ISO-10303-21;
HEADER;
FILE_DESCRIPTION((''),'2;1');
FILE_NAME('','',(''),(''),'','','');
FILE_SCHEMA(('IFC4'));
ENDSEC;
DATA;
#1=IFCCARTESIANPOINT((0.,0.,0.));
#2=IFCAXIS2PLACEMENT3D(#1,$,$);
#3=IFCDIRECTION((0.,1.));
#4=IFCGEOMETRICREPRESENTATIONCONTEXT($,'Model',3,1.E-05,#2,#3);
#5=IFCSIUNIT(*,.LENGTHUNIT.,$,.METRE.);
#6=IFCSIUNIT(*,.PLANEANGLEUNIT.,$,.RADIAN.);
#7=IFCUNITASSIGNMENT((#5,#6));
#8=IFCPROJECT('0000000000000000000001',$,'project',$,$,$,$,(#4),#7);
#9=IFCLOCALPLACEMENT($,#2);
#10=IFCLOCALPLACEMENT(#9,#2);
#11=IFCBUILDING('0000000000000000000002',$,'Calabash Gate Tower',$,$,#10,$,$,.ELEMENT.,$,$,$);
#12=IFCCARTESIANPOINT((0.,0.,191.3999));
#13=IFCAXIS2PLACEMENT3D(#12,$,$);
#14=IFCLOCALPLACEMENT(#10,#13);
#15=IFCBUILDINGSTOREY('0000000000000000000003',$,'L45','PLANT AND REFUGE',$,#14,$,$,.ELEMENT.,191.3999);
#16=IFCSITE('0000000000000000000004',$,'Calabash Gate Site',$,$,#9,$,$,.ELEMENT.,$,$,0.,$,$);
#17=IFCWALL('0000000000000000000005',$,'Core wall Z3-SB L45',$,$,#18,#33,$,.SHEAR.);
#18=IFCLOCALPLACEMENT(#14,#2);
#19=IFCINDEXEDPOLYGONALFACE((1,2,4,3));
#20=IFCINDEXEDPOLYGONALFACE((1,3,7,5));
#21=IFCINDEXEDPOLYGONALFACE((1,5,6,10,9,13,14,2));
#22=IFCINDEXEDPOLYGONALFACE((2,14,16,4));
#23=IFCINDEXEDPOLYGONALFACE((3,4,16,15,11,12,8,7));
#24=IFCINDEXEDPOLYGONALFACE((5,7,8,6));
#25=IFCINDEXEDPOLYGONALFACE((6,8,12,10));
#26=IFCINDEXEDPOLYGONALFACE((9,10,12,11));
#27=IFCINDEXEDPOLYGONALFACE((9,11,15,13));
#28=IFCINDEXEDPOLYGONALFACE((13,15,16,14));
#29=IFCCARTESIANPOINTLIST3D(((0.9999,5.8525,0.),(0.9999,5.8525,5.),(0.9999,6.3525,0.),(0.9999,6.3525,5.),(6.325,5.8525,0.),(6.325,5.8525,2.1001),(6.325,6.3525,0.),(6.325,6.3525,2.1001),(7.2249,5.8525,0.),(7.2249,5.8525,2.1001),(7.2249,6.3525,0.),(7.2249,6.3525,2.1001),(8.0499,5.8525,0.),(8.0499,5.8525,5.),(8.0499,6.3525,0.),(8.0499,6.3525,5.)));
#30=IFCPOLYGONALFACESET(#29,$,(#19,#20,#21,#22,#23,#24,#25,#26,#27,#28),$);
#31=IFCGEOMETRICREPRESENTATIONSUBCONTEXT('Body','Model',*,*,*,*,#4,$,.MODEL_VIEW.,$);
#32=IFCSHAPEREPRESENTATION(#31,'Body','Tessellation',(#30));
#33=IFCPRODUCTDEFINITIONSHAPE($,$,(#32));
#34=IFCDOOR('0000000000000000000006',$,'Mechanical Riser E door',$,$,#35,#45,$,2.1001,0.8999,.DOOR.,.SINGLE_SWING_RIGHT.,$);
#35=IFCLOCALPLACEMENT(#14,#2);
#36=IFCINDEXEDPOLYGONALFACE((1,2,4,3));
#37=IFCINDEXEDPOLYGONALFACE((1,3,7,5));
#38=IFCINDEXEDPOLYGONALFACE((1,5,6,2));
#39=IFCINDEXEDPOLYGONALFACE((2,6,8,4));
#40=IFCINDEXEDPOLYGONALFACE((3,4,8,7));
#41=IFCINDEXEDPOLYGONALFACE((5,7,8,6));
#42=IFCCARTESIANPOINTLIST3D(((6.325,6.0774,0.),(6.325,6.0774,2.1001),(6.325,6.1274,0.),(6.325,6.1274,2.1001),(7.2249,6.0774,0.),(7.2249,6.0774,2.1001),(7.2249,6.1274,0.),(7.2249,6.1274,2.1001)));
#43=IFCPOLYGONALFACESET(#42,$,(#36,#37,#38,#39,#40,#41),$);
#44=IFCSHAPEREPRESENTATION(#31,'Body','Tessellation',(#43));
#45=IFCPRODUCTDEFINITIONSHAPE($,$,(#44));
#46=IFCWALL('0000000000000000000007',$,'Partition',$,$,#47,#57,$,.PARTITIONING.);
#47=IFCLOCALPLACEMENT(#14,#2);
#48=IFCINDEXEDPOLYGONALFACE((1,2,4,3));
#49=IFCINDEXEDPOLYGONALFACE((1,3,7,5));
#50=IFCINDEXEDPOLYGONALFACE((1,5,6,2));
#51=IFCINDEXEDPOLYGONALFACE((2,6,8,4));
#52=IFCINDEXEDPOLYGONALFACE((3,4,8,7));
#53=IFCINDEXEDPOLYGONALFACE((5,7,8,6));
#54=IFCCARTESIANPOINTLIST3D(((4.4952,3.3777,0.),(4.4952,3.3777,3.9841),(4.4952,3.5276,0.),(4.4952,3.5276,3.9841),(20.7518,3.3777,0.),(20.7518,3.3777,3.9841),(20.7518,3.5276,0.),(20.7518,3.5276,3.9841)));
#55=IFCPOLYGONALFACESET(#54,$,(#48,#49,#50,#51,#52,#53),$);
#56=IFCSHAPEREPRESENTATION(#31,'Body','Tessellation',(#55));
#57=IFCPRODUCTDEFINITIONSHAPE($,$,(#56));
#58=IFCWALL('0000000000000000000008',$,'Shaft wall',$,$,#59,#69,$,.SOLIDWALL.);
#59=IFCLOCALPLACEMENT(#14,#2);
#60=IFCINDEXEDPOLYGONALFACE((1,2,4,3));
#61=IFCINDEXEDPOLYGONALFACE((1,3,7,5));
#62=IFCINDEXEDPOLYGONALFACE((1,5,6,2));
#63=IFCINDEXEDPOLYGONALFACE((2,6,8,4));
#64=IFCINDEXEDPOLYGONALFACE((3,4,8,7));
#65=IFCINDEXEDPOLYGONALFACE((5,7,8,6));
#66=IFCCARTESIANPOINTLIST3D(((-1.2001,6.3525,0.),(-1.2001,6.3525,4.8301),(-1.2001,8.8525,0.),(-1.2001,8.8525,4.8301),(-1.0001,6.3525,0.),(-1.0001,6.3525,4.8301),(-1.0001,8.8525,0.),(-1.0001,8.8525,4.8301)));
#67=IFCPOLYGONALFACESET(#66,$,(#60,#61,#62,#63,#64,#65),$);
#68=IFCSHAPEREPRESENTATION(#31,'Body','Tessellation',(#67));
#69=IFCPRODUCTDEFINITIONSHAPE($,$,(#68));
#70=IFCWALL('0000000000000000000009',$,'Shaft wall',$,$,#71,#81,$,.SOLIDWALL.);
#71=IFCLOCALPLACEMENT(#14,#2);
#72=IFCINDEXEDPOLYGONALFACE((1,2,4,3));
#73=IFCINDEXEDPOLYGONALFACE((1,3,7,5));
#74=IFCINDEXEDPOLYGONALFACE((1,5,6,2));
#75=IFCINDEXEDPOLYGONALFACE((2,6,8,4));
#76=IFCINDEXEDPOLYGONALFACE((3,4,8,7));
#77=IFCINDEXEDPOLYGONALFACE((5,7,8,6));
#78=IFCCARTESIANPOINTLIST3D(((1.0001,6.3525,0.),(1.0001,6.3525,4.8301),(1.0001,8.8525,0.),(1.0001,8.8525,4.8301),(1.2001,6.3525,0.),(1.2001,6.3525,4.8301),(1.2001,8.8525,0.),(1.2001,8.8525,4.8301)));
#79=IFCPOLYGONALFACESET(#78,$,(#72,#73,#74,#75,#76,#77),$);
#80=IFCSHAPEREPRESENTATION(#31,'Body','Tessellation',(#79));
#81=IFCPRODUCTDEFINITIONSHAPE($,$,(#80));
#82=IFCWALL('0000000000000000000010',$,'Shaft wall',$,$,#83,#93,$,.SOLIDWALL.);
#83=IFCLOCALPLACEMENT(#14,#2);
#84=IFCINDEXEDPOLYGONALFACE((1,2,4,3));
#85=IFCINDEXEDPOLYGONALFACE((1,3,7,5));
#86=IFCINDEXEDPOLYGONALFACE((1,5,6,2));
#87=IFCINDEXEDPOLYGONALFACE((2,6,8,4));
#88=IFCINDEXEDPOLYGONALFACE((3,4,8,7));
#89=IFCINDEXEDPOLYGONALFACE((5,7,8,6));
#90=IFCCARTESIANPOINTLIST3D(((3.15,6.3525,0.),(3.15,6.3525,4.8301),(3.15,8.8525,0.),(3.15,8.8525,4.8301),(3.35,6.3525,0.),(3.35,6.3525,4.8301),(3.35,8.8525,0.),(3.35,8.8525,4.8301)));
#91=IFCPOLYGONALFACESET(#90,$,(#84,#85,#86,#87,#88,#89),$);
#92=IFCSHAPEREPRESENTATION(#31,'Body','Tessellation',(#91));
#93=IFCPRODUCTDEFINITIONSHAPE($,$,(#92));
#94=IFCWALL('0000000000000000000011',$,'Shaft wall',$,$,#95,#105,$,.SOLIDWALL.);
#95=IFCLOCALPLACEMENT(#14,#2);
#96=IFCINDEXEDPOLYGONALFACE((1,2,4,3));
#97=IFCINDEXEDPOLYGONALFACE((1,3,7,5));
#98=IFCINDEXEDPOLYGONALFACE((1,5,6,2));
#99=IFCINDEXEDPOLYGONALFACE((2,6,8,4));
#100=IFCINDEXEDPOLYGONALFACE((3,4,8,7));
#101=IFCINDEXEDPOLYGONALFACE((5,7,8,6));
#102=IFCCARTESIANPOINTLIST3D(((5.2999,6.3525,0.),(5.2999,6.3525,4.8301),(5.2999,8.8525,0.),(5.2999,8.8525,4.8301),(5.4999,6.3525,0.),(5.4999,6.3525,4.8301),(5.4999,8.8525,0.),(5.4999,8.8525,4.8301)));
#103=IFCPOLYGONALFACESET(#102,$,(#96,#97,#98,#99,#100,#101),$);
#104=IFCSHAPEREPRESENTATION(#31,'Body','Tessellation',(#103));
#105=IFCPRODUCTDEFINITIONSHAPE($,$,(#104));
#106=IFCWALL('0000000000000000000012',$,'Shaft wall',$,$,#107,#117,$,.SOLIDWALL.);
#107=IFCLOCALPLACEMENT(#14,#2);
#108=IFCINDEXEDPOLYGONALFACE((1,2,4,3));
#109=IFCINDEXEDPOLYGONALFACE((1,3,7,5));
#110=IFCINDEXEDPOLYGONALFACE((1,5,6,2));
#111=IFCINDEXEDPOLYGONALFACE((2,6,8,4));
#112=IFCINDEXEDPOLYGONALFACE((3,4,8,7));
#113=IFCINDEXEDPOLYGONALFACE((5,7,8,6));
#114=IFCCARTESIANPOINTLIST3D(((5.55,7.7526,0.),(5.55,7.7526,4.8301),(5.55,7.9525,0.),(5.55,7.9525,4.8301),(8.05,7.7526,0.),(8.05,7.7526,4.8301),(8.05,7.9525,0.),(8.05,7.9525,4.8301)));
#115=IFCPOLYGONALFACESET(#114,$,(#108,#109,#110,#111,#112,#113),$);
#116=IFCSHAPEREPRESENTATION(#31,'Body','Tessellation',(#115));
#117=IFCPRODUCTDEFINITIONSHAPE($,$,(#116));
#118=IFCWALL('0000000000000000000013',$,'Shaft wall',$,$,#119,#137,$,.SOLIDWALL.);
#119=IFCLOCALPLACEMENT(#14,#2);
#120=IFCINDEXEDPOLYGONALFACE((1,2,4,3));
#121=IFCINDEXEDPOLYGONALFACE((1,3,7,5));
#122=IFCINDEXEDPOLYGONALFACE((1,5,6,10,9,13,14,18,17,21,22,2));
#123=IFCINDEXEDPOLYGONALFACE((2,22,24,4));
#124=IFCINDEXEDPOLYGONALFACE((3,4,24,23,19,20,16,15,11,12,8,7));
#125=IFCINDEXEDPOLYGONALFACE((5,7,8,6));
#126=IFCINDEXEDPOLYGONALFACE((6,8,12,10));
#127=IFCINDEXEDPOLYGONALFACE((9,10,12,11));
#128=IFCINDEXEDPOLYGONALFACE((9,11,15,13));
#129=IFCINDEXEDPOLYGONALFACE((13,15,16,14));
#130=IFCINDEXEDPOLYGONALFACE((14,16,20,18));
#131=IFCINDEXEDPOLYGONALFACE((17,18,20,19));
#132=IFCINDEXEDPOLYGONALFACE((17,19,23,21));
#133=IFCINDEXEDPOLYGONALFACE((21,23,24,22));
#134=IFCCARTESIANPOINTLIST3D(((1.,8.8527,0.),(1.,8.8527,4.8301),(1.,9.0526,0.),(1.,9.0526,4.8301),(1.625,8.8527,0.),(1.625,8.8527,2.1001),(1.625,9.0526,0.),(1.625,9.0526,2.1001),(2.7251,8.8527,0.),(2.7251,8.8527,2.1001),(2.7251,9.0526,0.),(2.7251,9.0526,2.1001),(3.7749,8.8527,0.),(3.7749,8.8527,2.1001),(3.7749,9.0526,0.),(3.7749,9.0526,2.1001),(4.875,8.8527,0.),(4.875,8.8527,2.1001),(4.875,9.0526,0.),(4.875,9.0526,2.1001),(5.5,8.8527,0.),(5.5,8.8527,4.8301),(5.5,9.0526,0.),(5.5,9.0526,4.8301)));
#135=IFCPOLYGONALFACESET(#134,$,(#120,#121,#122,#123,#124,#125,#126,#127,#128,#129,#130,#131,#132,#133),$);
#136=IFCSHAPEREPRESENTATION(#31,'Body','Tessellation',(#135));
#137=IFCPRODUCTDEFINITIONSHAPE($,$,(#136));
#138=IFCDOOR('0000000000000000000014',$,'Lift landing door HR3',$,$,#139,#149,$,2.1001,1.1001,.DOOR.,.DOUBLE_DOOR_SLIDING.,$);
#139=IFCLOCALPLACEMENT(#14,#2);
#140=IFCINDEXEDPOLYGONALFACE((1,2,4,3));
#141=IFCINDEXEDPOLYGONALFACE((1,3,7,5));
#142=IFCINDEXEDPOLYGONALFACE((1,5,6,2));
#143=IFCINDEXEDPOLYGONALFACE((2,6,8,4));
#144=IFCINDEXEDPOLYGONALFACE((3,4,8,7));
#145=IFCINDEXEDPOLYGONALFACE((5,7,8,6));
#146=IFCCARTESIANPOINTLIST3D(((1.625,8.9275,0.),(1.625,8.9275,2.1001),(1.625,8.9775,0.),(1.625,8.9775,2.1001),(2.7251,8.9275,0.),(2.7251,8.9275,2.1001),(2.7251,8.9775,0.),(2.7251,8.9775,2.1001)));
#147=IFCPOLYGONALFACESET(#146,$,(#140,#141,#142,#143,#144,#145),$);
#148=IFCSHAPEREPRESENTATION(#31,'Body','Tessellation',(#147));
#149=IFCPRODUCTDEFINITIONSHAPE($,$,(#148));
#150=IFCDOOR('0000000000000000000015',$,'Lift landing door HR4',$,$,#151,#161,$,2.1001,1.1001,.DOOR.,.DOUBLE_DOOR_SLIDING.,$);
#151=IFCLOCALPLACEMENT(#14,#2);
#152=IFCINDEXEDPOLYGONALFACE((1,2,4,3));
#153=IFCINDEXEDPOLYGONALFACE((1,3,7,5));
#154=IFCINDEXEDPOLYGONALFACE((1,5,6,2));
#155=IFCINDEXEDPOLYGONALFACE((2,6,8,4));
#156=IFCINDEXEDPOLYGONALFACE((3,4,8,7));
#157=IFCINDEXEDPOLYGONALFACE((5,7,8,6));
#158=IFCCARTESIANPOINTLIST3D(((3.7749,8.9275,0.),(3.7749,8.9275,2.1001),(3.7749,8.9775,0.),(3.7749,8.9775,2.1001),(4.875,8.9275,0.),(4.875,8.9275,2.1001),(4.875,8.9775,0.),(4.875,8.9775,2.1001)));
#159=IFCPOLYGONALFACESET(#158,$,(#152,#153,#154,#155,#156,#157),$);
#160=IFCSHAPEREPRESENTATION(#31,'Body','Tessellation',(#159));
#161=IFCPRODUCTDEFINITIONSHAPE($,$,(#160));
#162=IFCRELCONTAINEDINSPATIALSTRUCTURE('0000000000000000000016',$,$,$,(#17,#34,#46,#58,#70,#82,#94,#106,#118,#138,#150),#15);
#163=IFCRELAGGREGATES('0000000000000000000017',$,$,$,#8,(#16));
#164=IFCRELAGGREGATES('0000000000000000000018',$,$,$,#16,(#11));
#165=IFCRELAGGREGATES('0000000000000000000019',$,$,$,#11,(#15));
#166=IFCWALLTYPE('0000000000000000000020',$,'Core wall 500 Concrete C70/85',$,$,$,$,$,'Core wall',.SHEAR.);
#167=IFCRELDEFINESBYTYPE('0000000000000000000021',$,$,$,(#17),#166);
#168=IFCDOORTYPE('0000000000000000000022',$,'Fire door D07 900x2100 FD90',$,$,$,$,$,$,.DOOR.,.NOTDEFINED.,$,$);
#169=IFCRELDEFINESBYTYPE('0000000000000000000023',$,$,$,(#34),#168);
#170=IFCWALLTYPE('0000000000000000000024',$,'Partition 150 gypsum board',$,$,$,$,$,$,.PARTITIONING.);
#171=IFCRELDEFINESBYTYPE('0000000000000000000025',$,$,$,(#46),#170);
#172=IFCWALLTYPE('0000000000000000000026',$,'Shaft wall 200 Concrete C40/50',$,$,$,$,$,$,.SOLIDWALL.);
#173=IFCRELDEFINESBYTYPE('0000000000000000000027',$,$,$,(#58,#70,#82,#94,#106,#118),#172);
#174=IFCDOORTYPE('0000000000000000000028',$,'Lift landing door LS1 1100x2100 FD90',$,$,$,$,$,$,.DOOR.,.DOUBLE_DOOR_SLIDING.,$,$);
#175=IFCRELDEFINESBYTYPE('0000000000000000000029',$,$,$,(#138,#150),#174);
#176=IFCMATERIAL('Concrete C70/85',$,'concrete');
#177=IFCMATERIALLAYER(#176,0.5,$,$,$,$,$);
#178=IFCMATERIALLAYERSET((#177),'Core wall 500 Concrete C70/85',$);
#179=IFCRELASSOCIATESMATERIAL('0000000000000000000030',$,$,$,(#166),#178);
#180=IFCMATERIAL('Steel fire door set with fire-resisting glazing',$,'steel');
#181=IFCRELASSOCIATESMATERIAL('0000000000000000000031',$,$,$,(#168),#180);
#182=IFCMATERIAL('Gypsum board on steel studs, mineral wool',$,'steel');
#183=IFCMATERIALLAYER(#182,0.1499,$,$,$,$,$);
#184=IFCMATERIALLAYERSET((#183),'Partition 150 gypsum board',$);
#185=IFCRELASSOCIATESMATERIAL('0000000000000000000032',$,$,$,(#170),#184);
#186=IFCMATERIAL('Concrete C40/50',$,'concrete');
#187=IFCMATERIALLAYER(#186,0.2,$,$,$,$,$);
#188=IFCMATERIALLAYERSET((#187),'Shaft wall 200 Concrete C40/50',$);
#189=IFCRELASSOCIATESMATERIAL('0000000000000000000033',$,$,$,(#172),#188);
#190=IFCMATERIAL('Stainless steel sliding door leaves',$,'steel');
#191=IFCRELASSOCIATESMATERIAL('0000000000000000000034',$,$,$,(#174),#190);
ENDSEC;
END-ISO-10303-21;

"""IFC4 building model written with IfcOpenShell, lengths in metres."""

from ifc_helpers import new_model, si_unit, direction, frame, frame_2d, origin, place, context, subcontext, project, spatial, rectangle, extrude, material, layer, layer_set, type_object, element, fill, save


model = new_model("IFC4")

# Units and contexts
model_context = context("Model", 3, precision=1e-05, world=origin(), true_north=direction((0.0, 1.0)))
body_context = subcontext(model_context, "Body", "Model", "MODEL_VIEW")
ifc_project = project(units=[si_unit("LENGTHUNIT", "METRE"), si_unit("PLANEANGLEUNIT", "RADIAN")], contexts=[model_context])

# Site, building, storey
site_placement = place(None, origin())
site = spatial("IfcSite", under=ifc_project, at=site_placement, Name="Calabash Gate Site", CompositionType="ELEMENT", RefElevation=0.0)
building_placement = place(site_placement, origin())
building = spatial("IfcBuilding", under=site, at=building_placement, Name="Calabash Gate Tower", CompositionType="ELEMENT")
storey_placement = place(building_placement, frame((0.0, 0.0, 191.3999)))
storey = spatial("IfcBuildingStorey", under=building, at=storey_placement, Name="L45", Description="PLANT AND REFUGE", CompositionType="ELEMENT", Elevation=191.3999)

# Wall, opening, door
ifc_material_1 = material(Name="Concrete C70/85", Category="concrete")
ifc_layer_1 = layer(ifc_material_1, 0.5)
ifc_layer_set_1 = layer_set([ifc_layer_1], Name="Core wall 500 Concrete C70/85")
wall_type_1 = type_object("IfcWallType", Name="Core wall 500 Concrete C70/85", ElementType="Core wall", PredefinedType="SHEAR", material=ifc_layer_set_1)
wall_1_placement = place(storey_placement, frame((1.0, 6.1025, 0.0), z_axis=(0.0, 0.0, 1.0), x_axis=(1.0, 0.0, 0.0)))
wall_1 = element("IfcWall", 1, at=wall_1_placement, inside=storey, type_object=wall_type_1, Name="Core wall Z3-SB L45", PredefinedType="SHEAR", context=body_context, shape_type="SweptSolid", body=[
    extrude(rectangle(XDim=7.05, YDim=0.5, at=frame_2d((3.5249, 0.0))), origin(), (0.0, 0.0, 1.0), 5.0),
])
opening_1_placement = place(wall_1_placement, frame((5.325, 0.0, 0.0)))
opening_1 = element("IfcOpeningElement", 2, at=opening_1_placement, cuts=wall_1, PredefinedType="OPENING", context=body_context, shape_type="SweptSolid", body=[
    extrude(rectangle(XDim=0.8999, YDim=2.1001, at=frame_2d((0.45, 1.05))), frame((0.0, 0.26, 0.0), z_axis=(0.0, -1.0, 0.0), x_axis=(1.0, 0.0, 0.0)), (0.0, 0.0, 1.0), 0.52),
])
ifc_material_2 = material(Name="Steel fire door set with fire-resisting glazing", Category="steel")
door_type_1 = type_object("IfcDoorType", Name="Fire door D07 900x2100 FD90", OperationType="NOTDEFINED", PredefinedType="DOOR", material=ifc_material_2)
door_1_placement = place(opening_1_placement, origin())
door_1 = element("IfcDoor", 3, at=door_1_placement, inside=storey, type_object=door_type_1, Name="Mechanical Riser E door", OperationType="SINGLE_SWING_RIGHT", OverallHeight=2.1001, OverallWidth=0.8999, PredefinedType="DOOR", context=body_context, shape_type="SweptSolid", body=[
    extrude(rectangle(XDim=0.8999, YDim=2.1001, at=frame_2d((0.45, 1.05))), frame((0.0, 0.0249, 0.0), z_axis=(0.0, -1.0, 0.0), x_axis=(1.0, 0.0, 0.0)), (0.0, 0.0, 1.0), 0.05),
])
fill(opening_1, door_1)

# Walls
ifc_material_3 = material(Name="Gypsum board on steel studs, mineral wool", Category="steel")
ifc_layer_2 = layer(ifc_material_3, 0.1499)
ifc_layer_set_2 = layer_set([ifc_layer_2], Name="Partition 150 gypsum board")
wall_type_2 = type_object("IfcWallType", Name="Partition 150 gypsum board", PredefinedType="PARTITIONING", material=ifc_layer_set_2)
wall_2_placement = place(storey_placement, frame((4.4951, 3.4526, 0.0), z_axis=(0.0, 0.0, 1.0), x_axis=(1.0, 0.0, 0.0)))
element("IfcWall", 4, at=wall_2_placement, inside=storey, type_object=wall_type_2, Name="Partition", PredefinedType="PARTITIONING", context=body_context, shape_type="SweptSolid", body=[
    extrude(rectangle(XDim=16.2566, YDim=0.1499, at=frame_2d((8.1284, 0.0))), origin(), (0.0, 0.0, 1.0), 3.9841),
])
ifc_material_4 = material(Name="Concrete C40/50", Category="concrete")
ifc_layer_3 = layer(ifc_material_4, 0.2)
ifc_layer_set_3 = layer_set([ifc_layer_3], Name="Shaft wall 200 Concrete C40/50")
wall_type_3 = type_object("IfcWallType", Name="Shaft wall 200 Concrete C40/50", PredefinedType="SOLIDWALL", material=ifc_layer_set_3)
for number, where, z_axis, x_axis, name in (
    (5, (-1.1001, 6.3525, 0.0), (0.0, 0.0, 1.0), (0.0, 1.0, 0.0), "Shaft wall"),
    (6, (1.1001, 6.3525, 0.0), (0.0, 0.0, 1.0), (0.0, 1.0, 0.0), "Shaft wall"),
    (7, (3.25, 6.3525, 0.0), (0.0, 0.0, 1.0), (0.0, 1.0, 0.0), "Shaft wall"),
    (8, (5.3999, 6.3525, 0.0), (0.0, 0.0, 1.0), (0.0, 1.0, 0.0), "Shaft wall"),
    (9, (5.55, 7.8525, 0.0), (0.0, 0.0, 1.0), (1.0, 0.0, 0.0), "Shaft wall"),
):
    element("IfcWall", number, at=place(storey_placement, frame(where, z_axis=z_axis, x_axis=x_axis)), inside=storey, type_object=wall_type_3, Name=name, PredefinedType="SOLIDWALL", context=body_context, shape_type="SweptSolid", body=[
        extrude(rectangle(XDim=2.5, YDim=0.2, at=frame_2d((1.25, 0.0))), origin(), (0.0, 0.0, 1.0), 4.8301),
    ])

# Wall, openings, doors
wall_3_placement = place(storey_placement, frame((1.0, 8.9526, 0.0), z_axis=(0.0, 0.0, 1.0), x_axis=(1.0, 0.0, 0.0)))
wall_3 = element("IfcWall", 10, at=wall_3_placement, inside=storey, type_object=wall_type_3, Name="Shaft wall", PredefinedType="SOLIDWALL", context=body_context, shape_type="SweptSolid", body=[
    extrude(rectangle(XDim=4.5, YDim=0.2, at=frame_2d((2.25, 0.0))), origin(), (0.0, 0.0, 1.0), 4.8301),
])
opening_2_placement = place(wall_3_placement, frame((0.625, 0.0, 0.0)))
opening_2 = element("IfcOpeningElement", 11, at=opening_2_placement, cuts=wall_3, PredefinedType="OPENING", context=body_context, shape_type="SweptSolid", body=[
    extrude(rectangle(XDim=1.1001, YDim=2.1001, at=frame_2d((0.55, 1.05))), frame((0.0, 0.1099, 0.0), z_axis=(0.0, -1.0, 0.0), x_axis=(1.0, 0.0, 0.0)), (0.0, 0.0, 1.0), 0.22),
])
opening_3_placement = place(wall_3_placement, frame((2.7749, 0.0, 0.0)))
opening_3 = element("IfcOpeningElement", 12, at=opening_3_placement, cuts=wall_3, PredefinedType="OPENING", context=body_context, shape_type="SweptSolid", body=[
    extrude(rectangle(XDim=1.1001, YDim=2.1001, at=frame_2d((0.55, 1.05))), frame((0.0, 0.1099, 0.0), z_axis=(0.0, -1.0, 0.0), x_axis=(1.0, 0.0, 0.0)), (0.0, 0.0, 1.0), 0.22),
])
ifc_material_5 = material(Name="Stainless steel sliding door leaves", Category="steel")
door_type_2 = type_object("IfcDoorType", Name="Lift landing door LS1 1100x2100 FD90", OperationType="DOUBLE_DOOR_SLIDING", PredefinedType="DOOR", material=ifc_material_5)
door_2_placement = place(opening_2_placement, origin())
door_2 = element("IfcDoor", 13, at=door_2_placement, inside=storey, type_object=door_type_2, Name="Lift landing door HR3", OperationType="DOUBLE_DOOR_SLIDING", OverallHeight=2.1001, OverallWidth=1.1001, PredefinedType="DOOR", context=body_context, shape_type="SweptSolid", body=[
    extrude(rectangle(XDim=1.1001, YDim=2.1001, at=frame_2d((0.55, 1.05))), frame((0.0, 0.0249, 0.0), z_axis=(0.0, -1.0, 0.0), x_axis=(1.0, 0.0, 0.0)), (0.0, 0.0, 1.0), 0.05),
])
fill(opening_2, door_2)
door_3_placement = place(opening_3_placement, origin())
door_3 = element("IfcDoor", 14, at=door_3_placement, inside=storey, type_object=door_type_2, Name="Lift landing door HR4", OperationType="DOUBLE_DOOR_SLIDING", OverallHeight=2.1001, OverallWidth=1.1001, PredefinedType="DOOR", context=body_context, shape_type="SweptSolid", body=[
    extrude(rectangle(XDim=1.1001, YDim=2.1001, at=frame_2d((0.55, 1.05))), frame((0.0, 0.0249, 0.0), z_axis=(0.0, -1.0, 0.0), x_axis=(1.0, 0.0, 0.0)), (0.0, 0.0, 1.0), 0.05),
])
fill(opening_3, door_3)

save(model, "model.ifc")
